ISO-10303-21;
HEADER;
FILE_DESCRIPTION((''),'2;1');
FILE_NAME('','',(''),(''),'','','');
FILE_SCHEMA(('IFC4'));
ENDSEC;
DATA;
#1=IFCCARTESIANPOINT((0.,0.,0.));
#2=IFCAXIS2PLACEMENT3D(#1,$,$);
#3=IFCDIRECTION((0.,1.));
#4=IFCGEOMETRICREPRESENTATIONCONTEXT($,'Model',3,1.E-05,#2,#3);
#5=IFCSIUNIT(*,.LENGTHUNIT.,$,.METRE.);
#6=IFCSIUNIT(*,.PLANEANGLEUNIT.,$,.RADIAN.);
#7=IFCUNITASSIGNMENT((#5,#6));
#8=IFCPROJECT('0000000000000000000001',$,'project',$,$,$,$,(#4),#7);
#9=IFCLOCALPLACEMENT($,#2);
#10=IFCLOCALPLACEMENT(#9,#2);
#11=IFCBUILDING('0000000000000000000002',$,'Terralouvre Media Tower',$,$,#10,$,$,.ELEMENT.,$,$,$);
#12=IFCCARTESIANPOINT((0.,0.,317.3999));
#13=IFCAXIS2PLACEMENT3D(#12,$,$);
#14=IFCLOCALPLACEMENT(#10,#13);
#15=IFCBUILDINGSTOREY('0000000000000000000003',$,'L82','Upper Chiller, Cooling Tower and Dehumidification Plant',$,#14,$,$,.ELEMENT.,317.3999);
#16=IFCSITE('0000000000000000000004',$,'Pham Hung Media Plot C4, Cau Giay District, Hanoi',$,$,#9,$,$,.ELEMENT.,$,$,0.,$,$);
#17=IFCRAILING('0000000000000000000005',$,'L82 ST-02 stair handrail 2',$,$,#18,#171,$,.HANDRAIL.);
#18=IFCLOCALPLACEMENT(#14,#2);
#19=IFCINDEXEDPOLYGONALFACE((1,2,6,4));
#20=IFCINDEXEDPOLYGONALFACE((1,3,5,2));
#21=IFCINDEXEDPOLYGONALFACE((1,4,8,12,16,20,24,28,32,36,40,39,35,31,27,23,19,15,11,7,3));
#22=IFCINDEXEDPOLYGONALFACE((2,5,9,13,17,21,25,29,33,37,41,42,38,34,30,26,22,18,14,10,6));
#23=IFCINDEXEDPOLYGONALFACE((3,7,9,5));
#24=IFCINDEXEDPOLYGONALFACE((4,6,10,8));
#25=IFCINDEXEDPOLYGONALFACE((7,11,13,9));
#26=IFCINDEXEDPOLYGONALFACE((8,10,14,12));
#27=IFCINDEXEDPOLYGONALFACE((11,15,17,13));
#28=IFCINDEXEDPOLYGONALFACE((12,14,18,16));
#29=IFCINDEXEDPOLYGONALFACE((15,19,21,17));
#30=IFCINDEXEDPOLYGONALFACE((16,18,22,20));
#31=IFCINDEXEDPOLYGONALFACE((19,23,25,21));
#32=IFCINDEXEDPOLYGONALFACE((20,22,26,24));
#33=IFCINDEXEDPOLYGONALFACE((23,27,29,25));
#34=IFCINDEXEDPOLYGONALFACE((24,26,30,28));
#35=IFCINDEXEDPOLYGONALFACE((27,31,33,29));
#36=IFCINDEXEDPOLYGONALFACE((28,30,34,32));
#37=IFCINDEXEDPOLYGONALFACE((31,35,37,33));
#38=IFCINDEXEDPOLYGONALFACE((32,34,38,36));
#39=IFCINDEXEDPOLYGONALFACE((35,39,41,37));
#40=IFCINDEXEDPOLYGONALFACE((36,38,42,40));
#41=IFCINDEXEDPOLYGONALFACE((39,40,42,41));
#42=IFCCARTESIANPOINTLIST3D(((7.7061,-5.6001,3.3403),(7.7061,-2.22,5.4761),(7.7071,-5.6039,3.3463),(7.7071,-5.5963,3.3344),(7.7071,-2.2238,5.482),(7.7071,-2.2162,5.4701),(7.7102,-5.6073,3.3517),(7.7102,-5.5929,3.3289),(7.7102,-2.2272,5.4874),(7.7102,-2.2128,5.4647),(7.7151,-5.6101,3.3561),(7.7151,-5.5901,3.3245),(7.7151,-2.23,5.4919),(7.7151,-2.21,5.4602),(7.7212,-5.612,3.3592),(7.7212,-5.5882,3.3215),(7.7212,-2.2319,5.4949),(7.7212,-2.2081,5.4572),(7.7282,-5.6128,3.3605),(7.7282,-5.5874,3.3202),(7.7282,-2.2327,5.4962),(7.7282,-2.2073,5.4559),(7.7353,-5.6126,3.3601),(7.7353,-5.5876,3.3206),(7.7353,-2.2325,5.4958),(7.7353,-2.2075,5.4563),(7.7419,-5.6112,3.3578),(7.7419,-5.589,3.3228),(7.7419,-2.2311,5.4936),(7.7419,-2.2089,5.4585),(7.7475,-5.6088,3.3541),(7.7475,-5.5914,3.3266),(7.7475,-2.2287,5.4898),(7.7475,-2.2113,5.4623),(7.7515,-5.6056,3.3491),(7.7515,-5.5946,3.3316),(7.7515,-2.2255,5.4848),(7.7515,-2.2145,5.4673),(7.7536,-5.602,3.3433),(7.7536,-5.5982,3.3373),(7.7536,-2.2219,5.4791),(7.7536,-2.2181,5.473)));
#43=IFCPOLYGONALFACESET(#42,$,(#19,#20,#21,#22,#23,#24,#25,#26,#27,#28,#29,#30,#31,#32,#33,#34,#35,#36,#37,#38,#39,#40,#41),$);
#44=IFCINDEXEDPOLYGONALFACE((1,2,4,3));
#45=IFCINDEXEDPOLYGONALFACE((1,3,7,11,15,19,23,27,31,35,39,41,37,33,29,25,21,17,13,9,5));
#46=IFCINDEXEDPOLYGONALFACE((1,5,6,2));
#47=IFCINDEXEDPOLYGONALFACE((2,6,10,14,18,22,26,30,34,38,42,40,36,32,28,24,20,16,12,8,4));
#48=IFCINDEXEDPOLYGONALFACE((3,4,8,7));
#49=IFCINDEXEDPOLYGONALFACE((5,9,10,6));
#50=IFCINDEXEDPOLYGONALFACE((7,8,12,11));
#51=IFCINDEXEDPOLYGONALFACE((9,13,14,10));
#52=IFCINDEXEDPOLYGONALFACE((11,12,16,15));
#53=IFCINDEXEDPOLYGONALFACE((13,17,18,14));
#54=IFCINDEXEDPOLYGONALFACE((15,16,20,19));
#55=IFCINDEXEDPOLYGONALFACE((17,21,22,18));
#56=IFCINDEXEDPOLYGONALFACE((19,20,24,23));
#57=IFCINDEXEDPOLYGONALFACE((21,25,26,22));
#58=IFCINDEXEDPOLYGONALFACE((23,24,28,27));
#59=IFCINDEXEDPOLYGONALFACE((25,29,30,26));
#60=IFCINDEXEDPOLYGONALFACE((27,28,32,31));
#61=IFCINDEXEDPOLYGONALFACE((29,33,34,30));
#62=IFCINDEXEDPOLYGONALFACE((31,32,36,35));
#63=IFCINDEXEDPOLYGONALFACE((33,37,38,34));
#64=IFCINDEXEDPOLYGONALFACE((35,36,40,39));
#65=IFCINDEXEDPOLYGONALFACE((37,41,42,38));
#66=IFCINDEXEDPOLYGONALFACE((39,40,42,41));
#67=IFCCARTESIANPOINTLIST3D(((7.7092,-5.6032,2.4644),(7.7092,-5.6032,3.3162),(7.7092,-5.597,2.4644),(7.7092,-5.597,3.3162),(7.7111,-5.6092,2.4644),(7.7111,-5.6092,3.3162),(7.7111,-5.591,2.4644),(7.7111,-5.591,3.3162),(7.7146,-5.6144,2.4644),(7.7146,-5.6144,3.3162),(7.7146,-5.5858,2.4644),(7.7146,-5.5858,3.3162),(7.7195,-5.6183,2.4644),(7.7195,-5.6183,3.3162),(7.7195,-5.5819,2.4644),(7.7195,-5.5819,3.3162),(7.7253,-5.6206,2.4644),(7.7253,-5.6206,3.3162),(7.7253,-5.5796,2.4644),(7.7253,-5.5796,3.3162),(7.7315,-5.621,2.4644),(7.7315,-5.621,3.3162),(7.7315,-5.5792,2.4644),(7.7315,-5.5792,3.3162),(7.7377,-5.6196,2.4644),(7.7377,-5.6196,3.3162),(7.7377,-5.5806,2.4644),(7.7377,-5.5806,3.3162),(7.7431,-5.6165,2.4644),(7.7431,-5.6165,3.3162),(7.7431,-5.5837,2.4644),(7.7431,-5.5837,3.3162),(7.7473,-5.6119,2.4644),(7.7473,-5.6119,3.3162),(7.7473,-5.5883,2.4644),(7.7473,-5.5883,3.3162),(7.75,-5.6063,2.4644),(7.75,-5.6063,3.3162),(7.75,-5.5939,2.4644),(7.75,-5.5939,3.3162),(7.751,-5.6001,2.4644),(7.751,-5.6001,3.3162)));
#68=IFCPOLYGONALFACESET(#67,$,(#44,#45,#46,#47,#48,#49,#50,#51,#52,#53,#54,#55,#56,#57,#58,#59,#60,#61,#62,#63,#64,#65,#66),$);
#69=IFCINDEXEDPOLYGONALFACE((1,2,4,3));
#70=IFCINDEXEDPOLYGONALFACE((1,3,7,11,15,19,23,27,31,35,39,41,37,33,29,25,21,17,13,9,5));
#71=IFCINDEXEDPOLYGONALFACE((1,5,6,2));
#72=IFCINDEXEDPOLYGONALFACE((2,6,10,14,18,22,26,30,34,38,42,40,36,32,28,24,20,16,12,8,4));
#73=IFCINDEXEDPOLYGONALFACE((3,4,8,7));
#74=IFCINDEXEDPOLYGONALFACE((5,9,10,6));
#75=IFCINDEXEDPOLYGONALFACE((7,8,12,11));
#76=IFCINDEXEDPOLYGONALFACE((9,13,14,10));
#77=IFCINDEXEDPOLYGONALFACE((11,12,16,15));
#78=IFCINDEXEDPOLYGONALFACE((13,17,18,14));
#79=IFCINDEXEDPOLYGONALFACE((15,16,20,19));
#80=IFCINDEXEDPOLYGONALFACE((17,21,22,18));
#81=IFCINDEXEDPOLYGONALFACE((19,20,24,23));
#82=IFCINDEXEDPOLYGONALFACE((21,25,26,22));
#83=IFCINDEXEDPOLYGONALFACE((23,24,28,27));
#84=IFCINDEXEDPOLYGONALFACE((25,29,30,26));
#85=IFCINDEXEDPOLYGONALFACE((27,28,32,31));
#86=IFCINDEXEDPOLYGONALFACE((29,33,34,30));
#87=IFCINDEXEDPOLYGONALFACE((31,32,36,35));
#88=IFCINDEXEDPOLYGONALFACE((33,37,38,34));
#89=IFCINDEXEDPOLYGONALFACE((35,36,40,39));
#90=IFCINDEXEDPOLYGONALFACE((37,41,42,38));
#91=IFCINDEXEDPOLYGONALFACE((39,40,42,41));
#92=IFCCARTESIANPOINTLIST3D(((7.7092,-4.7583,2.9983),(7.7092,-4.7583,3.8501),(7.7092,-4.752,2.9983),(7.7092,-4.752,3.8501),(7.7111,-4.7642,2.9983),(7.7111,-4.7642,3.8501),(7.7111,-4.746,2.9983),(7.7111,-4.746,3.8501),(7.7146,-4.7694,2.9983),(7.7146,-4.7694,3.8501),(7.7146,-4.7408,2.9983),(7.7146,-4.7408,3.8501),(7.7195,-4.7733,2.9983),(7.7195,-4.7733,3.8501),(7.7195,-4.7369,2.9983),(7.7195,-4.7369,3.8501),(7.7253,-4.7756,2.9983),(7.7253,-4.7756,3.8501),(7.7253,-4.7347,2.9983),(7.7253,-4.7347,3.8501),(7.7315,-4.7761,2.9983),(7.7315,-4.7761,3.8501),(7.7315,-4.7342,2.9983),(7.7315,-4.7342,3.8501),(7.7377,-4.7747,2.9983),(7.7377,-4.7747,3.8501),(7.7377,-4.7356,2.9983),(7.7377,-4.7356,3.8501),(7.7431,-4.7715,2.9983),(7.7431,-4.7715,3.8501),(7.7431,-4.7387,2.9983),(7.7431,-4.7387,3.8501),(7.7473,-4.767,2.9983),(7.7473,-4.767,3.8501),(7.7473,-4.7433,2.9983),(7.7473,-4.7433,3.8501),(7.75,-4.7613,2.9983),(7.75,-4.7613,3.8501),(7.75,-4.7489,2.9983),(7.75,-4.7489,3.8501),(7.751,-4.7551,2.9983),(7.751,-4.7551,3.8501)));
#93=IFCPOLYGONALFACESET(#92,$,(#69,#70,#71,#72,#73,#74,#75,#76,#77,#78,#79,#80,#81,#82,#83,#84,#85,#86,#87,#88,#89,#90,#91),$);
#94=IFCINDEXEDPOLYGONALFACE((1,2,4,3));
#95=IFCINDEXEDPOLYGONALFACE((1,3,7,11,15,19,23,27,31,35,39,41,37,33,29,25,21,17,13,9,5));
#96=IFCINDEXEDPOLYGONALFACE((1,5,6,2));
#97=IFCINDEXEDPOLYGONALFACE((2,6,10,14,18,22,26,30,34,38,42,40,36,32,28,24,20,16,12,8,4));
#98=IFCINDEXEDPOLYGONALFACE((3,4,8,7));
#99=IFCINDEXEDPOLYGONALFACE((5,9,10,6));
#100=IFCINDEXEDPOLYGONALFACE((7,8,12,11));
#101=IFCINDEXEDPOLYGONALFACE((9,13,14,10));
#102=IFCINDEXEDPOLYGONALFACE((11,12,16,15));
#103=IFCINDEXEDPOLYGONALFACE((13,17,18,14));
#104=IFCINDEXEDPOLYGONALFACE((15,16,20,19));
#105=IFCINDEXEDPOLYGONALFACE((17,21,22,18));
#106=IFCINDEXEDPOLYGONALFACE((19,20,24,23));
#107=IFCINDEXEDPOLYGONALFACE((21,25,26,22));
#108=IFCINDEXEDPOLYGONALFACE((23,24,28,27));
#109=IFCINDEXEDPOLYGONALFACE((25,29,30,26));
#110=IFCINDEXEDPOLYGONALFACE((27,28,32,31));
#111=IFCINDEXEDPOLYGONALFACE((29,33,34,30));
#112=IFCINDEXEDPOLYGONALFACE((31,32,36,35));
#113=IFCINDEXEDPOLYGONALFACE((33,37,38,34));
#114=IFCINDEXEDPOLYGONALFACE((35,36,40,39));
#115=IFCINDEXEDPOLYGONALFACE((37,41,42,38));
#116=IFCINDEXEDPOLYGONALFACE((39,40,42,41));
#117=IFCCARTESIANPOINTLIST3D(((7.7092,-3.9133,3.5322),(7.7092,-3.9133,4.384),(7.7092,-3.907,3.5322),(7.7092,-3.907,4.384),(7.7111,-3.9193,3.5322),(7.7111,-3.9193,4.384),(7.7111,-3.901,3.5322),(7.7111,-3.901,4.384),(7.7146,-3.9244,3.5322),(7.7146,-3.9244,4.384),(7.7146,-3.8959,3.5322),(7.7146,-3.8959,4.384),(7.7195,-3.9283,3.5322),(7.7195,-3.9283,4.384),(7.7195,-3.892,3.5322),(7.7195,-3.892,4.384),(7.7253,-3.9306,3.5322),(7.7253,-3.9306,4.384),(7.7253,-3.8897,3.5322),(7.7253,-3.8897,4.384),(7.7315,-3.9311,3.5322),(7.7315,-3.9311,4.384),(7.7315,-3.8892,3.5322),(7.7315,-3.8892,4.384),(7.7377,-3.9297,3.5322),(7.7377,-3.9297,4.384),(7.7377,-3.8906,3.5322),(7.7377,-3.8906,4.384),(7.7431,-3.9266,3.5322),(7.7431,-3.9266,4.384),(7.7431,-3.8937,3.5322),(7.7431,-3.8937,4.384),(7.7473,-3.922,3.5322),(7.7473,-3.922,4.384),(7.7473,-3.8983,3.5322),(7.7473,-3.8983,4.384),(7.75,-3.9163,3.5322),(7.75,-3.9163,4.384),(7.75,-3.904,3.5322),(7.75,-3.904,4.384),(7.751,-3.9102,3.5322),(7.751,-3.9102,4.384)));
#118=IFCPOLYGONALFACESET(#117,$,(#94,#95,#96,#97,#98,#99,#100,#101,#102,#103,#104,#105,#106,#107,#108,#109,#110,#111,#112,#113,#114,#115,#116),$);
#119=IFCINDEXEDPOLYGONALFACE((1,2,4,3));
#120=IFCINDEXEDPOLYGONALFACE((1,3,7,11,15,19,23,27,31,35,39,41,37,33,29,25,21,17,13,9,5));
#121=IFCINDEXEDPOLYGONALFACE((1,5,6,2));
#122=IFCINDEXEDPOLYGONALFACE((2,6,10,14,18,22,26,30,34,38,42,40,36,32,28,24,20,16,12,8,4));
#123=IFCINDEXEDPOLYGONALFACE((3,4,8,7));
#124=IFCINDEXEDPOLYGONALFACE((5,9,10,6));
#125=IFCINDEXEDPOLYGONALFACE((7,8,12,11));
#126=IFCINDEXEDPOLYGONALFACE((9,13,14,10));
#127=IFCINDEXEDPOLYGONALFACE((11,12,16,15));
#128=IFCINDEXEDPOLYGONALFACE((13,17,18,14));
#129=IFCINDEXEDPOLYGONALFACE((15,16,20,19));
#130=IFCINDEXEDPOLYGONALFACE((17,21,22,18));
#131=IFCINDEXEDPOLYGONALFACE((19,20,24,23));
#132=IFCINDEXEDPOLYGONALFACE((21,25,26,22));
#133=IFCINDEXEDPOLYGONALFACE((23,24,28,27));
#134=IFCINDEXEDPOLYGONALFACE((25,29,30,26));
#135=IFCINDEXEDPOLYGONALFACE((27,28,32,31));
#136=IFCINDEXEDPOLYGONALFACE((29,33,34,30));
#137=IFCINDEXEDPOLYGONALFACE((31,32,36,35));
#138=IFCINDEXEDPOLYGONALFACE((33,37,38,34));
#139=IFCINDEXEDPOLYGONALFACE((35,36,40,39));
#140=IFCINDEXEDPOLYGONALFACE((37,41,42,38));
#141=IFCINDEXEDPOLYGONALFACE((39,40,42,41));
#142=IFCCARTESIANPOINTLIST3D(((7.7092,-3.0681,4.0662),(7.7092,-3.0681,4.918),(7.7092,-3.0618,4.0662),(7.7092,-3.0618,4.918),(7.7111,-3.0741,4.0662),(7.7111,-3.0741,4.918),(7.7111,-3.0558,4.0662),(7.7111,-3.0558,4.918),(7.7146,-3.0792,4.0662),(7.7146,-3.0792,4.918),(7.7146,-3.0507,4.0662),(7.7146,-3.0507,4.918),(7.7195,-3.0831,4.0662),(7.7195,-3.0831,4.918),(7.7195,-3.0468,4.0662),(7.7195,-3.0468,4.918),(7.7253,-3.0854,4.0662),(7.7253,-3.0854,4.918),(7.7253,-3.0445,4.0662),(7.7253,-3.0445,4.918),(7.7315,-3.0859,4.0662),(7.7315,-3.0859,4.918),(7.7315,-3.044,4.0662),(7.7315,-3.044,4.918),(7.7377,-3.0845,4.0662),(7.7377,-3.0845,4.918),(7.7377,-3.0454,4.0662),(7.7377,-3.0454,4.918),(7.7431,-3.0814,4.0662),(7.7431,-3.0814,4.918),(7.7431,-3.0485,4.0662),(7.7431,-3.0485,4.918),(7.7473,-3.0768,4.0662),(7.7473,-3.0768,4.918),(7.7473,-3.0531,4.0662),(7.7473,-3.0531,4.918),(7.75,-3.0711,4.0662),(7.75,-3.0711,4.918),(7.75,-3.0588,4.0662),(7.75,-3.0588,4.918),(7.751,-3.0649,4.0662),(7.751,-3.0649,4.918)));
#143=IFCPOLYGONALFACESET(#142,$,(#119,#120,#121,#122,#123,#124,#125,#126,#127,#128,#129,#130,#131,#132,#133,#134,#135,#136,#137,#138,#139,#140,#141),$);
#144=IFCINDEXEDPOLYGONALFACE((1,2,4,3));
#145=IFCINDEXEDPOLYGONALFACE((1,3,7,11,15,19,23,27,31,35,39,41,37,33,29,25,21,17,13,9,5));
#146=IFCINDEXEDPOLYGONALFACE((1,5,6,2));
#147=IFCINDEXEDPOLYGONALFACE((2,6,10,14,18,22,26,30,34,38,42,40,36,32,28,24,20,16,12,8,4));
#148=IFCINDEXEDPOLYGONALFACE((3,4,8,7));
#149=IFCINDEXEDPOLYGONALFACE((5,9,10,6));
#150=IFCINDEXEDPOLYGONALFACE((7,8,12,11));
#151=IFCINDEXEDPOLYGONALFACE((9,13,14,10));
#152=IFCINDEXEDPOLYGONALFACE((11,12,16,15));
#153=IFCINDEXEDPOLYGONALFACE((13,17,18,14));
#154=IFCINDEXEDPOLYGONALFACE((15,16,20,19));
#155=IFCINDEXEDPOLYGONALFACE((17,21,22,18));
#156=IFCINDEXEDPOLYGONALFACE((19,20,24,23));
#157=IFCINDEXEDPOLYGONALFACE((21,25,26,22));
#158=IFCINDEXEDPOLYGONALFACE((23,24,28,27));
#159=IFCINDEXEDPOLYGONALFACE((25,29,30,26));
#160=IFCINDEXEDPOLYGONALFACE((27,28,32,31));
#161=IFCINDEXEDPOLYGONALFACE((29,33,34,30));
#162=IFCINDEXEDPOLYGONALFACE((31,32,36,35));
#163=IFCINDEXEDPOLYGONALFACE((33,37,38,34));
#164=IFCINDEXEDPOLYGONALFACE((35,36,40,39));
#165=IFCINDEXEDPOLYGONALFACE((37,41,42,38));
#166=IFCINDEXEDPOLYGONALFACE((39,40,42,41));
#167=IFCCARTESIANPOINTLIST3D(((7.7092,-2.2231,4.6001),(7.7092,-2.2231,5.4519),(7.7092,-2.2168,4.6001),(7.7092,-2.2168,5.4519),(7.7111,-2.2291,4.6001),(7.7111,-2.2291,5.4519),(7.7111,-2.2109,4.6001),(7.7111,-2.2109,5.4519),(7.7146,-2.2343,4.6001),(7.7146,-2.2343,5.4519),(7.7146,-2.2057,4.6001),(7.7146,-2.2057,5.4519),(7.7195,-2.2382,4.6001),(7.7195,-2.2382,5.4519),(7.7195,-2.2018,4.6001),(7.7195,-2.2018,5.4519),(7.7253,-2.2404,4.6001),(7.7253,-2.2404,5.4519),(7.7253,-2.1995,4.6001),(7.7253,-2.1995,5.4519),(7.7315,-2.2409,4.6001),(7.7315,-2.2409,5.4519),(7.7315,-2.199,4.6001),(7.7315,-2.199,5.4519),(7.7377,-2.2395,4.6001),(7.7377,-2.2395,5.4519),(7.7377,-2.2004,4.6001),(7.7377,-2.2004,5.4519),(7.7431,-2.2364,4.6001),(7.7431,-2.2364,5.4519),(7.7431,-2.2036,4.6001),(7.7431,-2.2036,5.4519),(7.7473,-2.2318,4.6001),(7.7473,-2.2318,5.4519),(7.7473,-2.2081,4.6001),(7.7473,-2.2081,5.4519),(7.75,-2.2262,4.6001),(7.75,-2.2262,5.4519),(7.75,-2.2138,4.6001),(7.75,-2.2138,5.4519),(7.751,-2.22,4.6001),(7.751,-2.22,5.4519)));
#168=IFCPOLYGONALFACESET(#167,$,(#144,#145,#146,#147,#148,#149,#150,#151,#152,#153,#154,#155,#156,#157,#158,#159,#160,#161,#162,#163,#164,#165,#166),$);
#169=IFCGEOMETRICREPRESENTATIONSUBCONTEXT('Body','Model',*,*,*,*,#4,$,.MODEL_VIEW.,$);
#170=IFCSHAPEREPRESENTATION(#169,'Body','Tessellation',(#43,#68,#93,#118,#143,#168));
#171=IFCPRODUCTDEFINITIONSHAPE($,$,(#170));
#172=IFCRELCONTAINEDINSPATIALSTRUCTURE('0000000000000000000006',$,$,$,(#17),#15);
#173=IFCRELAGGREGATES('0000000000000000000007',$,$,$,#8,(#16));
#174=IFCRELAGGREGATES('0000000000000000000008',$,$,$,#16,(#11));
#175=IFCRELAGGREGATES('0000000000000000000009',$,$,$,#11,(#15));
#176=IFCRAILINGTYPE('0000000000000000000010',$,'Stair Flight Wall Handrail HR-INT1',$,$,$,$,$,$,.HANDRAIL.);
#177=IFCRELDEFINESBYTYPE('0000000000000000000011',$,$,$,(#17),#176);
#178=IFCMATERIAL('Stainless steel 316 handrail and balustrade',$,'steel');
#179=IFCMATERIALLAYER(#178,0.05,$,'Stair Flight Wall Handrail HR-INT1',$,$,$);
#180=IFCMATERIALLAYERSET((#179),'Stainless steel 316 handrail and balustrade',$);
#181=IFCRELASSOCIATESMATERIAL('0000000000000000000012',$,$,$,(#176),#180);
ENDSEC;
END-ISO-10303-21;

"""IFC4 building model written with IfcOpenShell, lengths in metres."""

from ifc_helpers import new_model, si_unit, direction, frame, origin, origin_2d, place, context, subcontext, project, spatial, circle, extrude, material, layer, layer_set, type_object, element, save


model = new_model("IFC4")

# Units and contexts
model_context = context("Model", 3, precision=1e-05, world=origin(), true_north=direction((0.0, 1.0)))
body_context = subcontext(model_context, "Body", "Model", "MODEL_VIEW")
ifc_project = project(units=[si_unit("LENGTHUNIT", "METRE"), si_unit("PLANEANGLEUNIT", "RADIAN")], contexts=[model_context])

# Site, building, storey
site_placement = place(None, origin())
site = spatial("IfcSite", under=ifc_project, at=site_placement, Name="Pham Hung Media Plot C4, Cau Giay District, Hanoi", CompositionType="ELEMENT", RefElevation=0.0)
building_placement = place(site_placement, origin())
building = spatial("IfcBuilding", under=site, at=building_placement, Name="Terralouvre Media Tower", CompositionType="ELEMENT")
storey_placement = place(building_placement, frame((0.0, 0.0, 317.3999)))
storey = spatial("IfcBuildingStorey", under=building, at=storey_placement, Name="L82", Description="Upper Chiller, Cooling Tower and Dehumidification Plant", CompositionType="ELEMENT", Elevation=317.3999)

# Railing
ifc_material_1 = material(Name="Stainless steel 316 handrail and balustrade", Category="steel")
ifc_layer_1 = layer(ifc_material_1, 0.05, Name="Stair Flight Wall Handrail HR-INT1")
ifc_layer_set_1 = layer_set([ifc_layer_1], Name="Stainless steel 316 handrail and balustrade")
railing_type_1 = type_object("IfcRailingType", Name="Stair Flight Wall Handrail HR-INT1", PredefinedType="HANDRAIL", material=ifc_layer_set_1)
railing_1_placement = place(storey_placement, frame((7.73, -5.6001, 2.4644)))
element("IfcRailing", 1, at=railing_1_placement, inside=storey, type_object=railing_type_1, Name="L82 ST-02 stair handrail 2", PredefinedType="HANDRAIL", context=body_context, shape_type="SweptSolid", body=[
    extrude(circle(Radius=0.0239, at=origin_2d()), frame((0.0, 0.0, 0.876), z_axis=(0.0, 0.845384, 0.534158), x_axis=(-1.0, 0.0, 0.0)), (0.0, 0.0, 1.0), 3.9983),
    extrude(circle(Radius=0.021, at=origin_2d()), origin(), (0.0, 0.0, 1.0), 0.8518),
    extrude(circle(Radius=0.021, at=origin_2d()), frame((0.0, 0.845, 0.5339)), (0.0, 0.0, 1.0), 0.8518),
    extrude(circle(Radius=0.021, at=origin_2d()), frame((0.0, 1.6899, 1.0679)), (0.0, 0.0, 1.0), 0.8518),
    extrude(circle(Radius=0.021, at=origin_2d()), frame((0.0, 2.5352, 1.6018)), (0.0, 0.0, 1.0), 0.8518),
    extrude(circle(Radius=0.021, at=origin_2d()), frame((0.0, 3.3801, 2.1357)), (0.0, 0.0, 1.0), 0.8518),
])

save(model, "model.ifc")
